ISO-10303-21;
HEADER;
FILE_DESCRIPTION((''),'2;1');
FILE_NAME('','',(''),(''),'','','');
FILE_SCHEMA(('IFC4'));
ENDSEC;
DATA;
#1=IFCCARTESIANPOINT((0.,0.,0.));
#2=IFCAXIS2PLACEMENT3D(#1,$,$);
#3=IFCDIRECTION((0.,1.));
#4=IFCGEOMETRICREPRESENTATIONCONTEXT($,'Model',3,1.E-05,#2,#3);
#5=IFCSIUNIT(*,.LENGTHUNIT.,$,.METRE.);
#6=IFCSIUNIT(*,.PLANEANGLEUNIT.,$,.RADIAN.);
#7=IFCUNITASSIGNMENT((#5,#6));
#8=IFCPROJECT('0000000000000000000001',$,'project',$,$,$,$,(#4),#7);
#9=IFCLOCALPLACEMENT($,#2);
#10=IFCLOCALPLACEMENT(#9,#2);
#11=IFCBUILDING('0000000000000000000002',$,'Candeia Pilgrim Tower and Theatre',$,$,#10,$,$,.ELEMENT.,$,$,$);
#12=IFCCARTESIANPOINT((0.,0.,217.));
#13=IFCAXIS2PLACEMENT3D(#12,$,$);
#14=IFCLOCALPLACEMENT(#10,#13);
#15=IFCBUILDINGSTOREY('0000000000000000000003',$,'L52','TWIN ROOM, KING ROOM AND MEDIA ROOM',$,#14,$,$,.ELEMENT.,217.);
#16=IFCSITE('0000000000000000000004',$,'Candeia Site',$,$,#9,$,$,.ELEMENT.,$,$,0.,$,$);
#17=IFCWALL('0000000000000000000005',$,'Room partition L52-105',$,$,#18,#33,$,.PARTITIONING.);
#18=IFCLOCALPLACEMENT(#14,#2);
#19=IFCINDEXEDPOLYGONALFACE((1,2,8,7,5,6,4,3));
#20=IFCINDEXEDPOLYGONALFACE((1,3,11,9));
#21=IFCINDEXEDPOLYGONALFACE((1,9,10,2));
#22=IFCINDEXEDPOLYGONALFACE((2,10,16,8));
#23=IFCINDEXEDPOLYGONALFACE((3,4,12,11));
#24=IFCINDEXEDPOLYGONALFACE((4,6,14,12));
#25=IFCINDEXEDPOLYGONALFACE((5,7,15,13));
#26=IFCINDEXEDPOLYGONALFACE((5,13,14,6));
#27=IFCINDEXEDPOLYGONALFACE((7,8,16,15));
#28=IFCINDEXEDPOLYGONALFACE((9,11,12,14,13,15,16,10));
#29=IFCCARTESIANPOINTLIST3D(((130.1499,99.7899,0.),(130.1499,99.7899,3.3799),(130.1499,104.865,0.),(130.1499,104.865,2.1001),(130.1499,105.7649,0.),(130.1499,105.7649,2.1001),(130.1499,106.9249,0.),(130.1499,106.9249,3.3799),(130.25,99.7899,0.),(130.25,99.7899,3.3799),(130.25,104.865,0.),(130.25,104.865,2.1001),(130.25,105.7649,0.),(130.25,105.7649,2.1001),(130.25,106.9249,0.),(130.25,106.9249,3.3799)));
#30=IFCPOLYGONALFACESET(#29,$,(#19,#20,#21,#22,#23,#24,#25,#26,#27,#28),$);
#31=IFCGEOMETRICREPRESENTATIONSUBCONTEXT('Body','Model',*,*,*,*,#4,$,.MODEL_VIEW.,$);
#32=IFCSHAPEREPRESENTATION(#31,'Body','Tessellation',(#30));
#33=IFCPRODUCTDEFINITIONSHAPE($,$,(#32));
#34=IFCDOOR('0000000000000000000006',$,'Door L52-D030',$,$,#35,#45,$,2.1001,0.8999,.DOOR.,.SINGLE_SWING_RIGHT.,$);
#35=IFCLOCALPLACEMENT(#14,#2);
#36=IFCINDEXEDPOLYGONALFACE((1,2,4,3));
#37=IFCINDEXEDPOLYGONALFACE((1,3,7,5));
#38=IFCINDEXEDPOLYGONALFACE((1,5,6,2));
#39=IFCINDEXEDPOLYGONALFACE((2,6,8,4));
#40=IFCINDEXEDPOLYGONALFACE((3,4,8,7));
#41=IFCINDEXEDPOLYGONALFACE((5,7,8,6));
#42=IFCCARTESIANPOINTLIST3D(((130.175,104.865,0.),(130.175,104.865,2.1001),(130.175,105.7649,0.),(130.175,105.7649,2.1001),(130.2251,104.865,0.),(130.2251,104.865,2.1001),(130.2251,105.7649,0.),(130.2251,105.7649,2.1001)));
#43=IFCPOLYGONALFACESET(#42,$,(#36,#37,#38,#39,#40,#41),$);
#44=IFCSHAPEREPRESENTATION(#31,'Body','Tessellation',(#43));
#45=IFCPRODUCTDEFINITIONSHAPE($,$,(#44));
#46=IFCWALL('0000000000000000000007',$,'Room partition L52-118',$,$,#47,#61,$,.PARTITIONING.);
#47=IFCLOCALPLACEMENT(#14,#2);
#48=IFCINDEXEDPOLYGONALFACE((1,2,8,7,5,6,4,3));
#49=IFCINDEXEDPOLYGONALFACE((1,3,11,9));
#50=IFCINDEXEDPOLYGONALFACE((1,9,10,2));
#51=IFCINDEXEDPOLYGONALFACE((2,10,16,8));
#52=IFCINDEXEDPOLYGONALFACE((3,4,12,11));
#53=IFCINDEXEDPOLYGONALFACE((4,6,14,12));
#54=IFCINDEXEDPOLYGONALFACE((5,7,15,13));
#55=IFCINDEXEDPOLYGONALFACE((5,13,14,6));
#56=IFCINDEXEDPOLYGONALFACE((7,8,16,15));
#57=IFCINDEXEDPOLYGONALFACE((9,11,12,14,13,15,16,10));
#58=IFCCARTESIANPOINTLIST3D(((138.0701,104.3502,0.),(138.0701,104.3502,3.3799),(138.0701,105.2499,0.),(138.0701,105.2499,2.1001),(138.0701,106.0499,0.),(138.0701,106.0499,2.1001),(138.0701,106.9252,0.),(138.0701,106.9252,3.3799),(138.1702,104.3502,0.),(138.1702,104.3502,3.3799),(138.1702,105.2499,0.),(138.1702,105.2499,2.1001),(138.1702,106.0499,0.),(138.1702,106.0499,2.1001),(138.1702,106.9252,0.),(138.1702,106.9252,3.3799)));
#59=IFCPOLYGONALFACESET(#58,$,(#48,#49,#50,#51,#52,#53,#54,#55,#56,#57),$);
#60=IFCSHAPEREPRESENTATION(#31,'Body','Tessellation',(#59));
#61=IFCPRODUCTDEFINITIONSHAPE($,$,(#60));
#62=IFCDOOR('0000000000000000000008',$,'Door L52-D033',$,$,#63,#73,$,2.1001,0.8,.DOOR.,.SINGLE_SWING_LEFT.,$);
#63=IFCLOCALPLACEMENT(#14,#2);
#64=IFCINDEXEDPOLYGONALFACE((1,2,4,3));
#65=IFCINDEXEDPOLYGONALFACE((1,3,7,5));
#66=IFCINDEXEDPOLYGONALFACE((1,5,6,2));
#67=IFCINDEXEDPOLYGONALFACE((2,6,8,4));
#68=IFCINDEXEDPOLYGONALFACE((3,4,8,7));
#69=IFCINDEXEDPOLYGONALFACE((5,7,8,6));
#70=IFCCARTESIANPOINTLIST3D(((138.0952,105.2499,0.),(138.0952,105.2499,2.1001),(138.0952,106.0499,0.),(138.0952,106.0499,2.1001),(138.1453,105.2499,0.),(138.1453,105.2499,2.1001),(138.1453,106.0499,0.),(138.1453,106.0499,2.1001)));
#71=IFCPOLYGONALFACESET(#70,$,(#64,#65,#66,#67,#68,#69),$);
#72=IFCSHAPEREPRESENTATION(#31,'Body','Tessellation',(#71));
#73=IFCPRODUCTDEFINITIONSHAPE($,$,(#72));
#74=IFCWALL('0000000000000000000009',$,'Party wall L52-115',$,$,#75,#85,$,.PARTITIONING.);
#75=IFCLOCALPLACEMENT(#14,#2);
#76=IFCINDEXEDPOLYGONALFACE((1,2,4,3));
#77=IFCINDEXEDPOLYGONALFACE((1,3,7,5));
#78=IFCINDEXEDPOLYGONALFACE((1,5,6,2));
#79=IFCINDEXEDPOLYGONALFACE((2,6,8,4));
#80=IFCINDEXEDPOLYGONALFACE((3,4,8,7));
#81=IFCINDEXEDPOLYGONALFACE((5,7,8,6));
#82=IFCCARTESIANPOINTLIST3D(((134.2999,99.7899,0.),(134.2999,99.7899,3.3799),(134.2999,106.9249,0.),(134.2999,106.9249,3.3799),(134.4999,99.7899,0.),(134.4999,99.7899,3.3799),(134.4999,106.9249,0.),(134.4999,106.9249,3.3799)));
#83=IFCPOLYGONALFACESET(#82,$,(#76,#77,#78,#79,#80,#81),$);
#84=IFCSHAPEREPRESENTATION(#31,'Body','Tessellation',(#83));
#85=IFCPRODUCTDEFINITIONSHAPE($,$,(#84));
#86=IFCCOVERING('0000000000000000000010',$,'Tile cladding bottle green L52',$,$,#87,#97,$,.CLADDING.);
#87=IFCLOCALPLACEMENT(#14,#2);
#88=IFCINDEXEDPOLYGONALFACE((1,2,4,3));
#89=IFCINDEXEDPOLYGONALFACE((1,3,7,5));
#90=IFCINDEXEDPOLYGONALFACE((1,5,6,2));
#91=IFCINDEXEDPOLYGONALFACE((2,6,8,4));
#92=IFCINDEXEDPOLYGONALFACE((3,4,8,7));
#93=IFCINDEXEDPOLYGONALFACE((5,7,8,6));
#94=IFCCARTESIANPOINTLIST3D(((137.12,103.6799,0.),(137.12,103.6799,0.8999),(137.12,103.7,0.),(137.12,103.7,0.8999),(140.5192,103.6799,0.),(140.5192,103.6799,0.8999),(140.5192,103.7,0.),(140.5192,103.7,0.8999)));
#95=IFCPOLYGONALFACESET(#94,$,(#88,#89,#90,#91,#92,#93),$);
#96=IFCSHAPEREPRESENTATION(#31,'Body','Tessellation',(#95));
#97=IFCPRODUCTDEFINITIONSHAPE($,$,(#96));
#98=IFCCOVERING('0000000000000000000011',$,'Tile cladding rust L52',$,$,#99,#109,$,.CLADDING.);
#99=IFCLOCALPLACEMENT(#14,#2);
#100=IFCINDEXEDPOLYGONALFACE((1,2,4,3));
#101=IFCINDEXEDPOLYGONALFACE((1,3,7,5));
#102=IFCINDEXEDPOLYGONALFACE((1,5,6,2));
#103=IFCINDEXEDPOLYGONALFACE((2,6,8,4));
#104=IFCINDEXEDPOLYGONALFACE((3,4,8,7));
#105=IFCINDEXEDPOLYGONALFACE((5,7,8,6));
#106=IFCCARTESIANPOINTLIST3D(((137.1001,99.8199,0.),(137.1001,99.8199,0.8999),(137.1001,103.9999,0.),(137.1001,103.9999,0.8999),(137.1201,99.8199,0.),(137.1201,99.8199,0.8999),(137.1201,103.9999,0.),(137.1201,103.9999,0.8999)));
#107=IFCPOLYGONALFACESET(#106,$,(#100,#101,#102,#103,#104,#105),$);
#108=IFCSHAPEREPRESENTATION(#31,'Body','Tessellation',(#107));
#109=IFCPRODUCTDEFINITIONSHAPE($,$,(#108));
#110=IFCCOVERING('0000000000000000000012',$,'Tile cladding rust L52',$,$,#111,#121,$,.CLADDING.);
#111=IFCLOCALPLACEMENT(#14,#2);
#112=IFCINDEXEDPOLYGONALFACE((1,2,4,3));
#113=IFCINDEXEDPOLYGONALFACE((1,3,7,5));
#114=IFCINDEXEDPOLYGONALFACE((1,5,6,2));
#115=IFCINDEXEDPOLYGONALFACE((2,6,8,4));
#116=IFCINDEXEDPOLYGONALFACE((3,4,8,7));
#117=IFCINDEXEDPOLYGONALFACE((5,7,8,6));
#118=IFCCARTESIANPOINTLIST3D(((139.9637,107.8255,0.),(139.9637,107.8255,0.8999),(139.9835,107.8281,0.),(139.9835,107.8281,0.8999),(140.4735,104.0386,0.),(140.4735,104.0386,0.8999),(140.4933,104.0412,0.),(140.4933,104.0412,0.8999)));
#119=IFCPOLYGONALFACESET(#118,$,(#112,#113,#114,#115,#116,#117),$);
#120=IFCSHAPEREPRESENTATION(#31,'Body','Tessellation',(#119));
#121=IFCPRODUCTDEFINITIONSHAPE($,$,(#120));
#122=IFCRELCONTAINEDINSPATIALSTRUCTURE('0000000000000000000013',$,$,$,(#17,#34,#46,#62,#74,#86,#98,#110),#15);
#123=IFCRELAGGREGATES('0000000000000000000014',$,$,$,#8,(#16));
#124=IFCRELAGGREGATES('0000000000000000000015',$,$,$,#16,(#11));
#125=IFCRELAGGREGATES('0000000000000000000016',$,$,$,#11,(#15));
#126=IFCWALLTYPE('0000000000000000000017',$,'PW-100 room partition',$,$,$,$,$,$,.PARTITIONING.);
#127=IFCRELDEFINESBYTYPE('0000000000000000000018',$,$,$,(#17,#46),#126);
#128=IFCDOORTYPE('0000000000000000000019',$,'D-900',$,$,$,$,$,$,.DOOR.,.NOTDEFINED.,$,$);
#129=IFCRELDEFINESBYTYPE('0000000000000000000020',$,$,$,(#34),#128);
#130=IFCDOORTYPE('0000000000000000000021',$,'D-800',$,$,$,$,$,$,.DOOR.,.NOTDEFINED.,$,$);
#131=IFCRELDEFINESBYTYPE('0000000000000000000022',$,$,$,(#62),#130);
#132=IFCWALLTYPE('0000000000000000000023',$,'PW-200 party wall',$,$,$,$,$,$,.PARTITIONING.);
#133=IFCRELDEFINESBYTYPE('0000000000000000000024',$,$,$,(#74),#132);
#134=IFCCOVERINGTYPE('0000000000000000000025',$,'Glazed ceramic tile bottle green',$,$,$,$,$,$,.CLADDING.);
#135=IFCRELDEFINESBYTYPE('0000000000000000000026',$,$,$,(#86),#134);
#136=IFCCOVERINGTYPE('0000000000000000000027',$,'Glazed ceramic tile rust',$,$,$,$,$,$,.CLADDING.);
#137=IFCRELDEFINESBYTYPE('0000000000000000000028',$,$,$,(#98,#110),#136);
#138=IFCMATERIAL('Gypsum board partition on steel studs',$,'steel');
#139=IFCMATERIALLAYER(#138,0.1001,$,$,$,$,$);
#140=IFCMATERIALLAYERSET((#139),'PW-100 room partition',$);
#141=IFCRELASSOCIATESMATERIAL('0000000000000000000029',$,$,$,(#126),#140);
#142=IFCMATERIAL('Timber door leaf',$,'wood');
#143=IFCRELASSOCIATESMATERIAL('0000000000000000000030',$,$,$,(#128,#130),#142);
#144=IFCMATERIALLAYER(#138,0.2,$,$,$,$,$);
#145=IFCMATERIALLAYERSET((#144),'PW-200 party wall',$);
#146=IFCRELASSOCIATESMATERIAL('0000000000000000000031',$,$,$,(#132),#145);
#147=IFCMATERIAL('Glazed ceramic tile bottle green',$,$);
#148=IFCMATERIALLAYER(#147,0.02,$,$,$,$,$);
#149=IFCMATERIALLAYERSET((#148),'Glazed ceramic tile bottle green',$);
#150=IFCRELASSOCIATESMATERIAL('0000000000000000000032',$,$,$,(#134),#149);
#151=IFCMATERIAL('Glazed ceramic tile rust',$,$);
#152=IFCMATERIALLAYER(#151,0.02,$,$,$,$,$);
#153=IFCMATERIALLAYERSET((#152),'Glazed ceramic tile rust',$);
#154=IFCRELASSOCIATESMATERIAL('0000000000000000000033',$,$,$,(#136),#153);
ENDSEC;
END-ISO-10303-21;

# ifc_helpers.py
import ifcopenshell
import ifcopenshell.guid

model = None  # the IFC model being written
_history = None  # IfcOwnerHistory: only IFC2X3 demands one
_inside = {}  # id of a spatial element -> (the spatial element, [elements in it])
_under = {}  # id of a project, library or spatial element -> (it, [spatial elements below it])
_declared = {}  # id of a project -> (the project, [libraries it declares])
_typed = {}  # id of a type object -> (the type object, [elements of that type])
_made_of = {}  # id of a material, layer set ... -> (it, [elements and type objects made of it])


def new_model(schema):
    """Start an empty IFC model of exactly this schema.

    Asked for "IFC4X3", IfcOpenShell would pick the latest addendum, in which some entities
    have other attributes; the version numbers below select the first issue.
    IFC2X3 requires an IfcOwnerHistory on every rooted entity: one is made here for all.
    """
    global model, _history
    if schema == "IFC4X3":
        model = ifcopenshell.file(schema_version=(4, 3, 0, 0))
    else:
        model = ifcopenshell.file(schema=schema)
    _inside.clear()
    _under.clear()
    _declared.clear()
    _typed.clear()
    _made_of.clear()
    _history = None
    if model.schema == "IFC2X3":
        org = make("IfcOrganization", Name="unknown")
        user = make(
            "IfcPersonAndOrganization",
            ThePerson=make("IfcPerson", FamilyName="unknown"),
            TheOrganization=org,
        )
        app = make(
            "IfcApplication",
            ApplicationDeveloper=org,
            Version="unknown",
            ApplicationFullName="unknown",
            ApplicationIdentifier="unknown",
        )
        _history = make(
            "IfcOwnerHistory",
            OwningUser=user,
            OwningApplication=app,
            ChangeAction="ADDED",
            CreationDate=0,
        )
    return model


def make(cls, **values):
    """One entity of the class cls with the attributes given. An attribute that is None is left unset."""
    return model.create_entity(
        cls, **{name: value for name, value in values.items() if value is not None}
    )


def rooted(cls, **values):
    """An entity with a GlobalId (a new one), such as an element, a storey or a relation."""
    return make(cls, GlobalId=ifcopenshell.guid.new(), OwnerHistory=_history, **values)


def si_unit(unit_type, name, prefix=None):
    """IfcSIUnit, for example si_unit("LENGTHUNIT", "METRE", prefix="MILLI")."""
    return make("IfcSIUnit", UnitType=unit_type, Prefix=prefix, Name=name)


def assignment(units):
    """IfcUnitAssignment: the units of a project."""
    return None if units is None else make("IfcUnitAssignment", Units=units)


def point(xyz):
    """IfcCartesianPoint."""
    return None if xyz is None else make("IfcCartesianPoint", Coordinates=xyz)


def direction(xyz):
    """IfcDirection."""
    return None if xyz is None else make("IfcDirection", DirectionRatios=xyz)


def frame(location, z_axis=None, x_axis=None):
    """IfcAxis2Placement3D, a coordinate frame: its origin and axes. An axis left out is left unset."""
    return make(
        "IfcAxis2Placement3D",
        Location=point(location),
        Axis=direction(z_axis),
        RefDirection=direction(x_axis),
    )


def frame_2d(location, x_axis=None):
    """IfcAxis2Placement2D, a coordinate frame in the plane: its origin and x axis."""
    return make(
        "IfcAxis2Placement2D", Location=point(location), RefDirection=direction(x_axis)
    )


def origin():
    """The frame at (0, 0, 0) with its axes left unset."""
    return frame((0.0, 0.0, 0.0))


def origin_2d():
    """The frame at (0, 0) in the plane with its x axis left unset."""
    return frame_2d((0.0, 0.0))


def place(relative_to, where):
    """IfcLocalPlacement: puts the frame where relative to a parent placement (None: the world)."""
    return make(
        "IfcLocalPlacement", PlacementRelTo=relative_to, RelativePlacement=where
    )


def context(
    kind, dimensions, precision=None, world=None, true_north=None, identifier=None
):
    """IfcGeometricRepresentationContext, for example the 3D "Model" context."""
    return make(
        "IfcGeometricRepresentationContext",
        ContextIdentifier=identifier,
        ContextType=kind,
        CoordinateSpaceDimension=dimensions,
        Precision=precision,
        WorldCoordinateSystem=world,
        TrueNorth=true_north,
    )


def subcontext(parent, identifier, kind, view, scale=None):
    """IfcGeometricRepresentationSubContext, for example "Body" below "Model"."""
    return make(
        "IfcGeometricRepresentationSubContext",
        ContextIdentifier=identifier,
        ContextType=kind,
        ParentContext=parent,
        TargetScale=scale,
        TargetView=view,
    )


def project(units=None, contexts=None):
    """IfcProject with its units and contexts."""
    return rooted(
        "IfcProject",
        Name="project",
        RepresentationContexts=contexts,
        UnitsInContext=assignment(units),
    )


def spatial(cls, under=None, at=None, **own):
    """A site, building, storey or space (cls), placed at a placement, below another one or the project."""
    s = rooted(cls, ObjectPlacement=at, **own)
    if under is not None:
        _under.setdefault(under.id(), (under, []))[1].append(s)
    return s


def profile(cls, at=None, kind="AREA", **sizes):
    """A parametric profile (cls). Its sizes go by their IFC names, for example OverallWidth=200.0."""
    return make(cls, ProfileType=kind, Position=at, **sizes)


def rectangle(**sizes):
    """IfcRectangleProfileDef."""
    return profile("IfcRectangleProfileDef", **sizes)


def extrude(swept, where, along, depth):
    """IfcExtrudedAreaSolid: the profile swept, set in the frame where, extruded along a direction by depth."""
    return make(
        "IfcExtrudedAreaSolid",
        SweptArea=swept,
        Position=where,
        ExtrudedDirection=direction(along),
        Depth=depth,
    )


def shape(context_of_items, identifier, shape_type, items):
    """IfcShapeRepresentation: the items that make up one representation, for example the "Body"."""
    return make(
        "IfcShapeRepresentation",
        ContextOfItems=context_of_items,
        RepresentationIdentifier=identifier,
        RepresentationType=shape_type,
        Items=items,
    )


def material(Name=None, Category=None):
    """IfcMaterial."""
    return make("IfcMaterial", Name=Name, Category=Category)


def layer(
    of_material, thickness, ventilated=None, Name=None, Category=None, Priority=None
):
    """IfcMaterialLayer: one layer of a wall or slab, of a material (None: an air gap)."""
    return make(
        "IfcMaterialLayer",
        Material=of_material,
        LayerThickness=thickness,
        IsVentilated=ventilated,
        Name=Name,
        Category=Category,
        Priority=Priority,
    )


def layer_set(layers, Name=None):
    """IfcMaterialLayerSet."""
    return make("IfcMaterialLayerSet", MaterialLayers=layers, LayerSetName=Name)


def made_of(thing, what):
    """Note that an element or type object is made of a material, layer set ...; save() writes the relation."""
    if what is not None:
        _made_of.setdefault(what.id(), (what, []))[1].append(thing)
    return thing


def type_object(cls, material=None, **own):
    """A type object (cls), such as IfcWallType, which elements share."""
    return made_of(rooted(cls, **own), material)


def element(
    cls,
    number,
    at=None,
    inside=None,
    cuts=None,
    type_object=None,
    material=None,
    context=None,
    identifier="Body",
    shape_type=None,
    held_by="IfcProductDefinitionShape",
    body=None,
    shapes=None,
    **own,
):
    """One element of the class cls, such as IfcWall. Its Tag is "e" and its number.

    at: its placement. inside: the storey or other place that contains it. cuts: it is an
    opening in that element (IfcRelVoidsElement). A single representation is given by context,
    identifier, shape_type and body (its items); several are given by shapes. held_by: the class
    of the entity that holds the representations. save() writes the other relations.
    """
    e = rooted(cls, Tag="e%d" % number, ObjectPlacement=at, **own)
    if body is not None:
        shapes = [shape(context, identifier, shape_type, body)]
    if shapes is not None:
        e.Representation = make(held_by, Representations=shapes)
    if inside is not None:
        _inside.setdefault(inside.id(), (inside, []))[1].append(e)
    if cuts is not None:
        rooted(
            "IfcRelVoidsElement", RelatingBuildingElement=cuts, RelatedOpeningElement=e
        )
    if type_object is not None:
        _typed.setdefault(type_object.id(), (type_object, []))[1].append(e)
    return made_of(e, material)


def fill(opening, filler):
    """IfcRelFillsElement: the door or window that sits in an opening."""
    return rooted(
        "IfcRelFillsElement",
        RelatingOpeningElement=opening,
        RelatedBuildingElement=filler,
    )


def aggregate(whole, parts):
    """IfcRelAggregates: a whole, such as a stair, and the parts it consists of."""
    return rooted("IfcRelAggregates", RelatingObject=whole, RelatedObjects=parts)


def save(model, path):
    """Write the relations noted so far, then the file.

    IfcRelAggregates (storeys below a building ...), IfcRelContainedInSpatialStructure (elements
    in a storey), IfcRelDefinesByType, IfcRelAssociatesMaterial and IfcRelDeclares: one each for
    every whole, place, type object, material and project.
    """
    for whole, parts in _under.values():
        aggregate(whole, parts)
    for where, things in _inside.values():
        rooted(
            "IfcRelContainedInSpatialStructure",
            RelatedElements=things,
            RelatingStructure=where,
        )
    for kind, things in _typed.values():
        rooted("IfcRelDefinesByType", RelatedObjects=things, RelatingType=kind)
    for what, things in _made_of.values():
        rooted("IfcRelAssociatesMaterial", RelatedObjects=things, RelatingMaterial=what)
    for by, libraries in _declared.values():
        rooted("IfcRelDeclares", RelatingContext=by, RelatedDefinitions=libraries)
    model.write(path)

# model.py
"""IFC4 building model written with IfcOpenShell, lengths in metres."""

from ifc_helpers import new_model, si_unit, direction, frame, frame_2d, origin, origin_2d, place, context, subcontext, project, spatial, rectangle, extrude, material, layer, layer_set, type_object, element, fill, save


model = new_model("IFC4")

# Units and contexts
model_context = context("Model", 3, precision=1e-05, world=origin(), true_north=direction((0.0, 1.0)))
body_context = subcontext(model_context, "Body", "Model", "MODEL_VIEW")
ifc_project = project(units=[si_unit("LENGTHUNIT", "METRE"), si_unit("PLANEANGLEUNIT", "RADIAN")], contexts=[model_context])

# Site, building, storey
site_placement = place(None, origin())
site = spatial("IfcSite", under=ifc_project, at=site_placement, Name="Candeia Site", CompositionType="ELEMENT", RefElevation=0.0)
building_placement = place(site_placement, origin())
building = spatial("IfcBuilding", under=site, at=building_placement, Name="Candeia Pilgrim Tower and Theatre", CompositionType="ELEMENT")
storey_placement = place(building_placement, frame((0.0, 0.0, 217.0)))
storey = spatial("IfcBuildingStorey", under=building, at=storey_placement, Name="L52", Description="TWIN ROOM, KING ROOM AND MEDIA ROOM", CompositionType="ELEMENT", Elevation=217.0)

# Shared definitions
ifc_material_1 = material(Name="Gypsum board partition on steel studs", Category="steel")
ifc_layer_1 = layer(ifc_material_1, 0.1001)
ifc_layer_set_1 = layer_set([ifc_layer_1], Name="PW-100 room partition")
wall_type_1 = type_object("IfcWallType", Name="PW-100 room partition", PredefinedType="PARTITIONING", material=ifc_layer_set_1)

# Walls, openings, doors
wall_1_placement = place(storey_placement, frame((130.2, 99.79, 0.0), z_axis=(0.0, 0.0, 1.0), x_axis=(0.0, 1.0, 0.0)))
wall_1 = element("IfcWall", 1, at=wall_1_placement, inside=storey, type_object=wall_type_1, Name="Room partition L52-105", PredefinedType="PARTITIONING", context=body_context, shape_type="SweptSolid", body=[
    extrude(rectangle(XDim=7.135, YDim=0.1001, at=frame_2d((3.5674, 0.0))), origin(), (0.0, 0.0, 1.0), 3.3799),
])
opening_1_placement = place(wall_1_placement, frame((5.075, 0.0, 0.0)))
opening_1 = element("IfcOpeningElement", 2, at=opening_1_placement, cuts=wall_1, PredefinedType="OPENING", context=body_context, shape_type="SweptSolid", body=[
    extrude(rectangle(XDim=0.8999, YDim=2.1001, at=frame_2d((0.45, 1.05))), frame((0.0, 0.0601, 0.0), z_axis=(0.0, -1.0, 0.0), x_axis=(1.0, 0.0, 0.0)), (0.0, 0.0, 1.0), 0.1201),
])
ifc_material_2 = material(Name="Timber door leaf", Category="wood")
door_type_1 = type_object("IfcDoorType", Name="D-900", OperationType="NOTDEFINED", PredefinedType="DOOR", material=ifc_material_2)
door_1_placement = place(opening_1_placement, origin())
door_1 = element("IfcDoor", 3, at=door_1_placement, inside=storey, type_object=door_type_1, Name="Door L52-D030", OperationType="SINGLE_SWING_RIGHT", OverallHeight=2.1001, OverallWidth=0.8999, PredefinedType="DOOR", context=body_context, shape_type="SweptSolid", body=[
    extrude(rectangle(XDim=0.8999, YDim=2.1001, at=frame_2d((0.45, 1.05))), frame((0.0, 0.0249, 0.0), z_axis=(0.0, -1.0, 0.0), x_axis=(1.0, 0.0, 0.0)), (0.0, 0.0, 1.0), 0.05),
])
fill(opening_1, door_1)
wall_2_placement = place(storey_placement, frame((138.1201, 104.3501, 0.0), z_axis=(0.0, 0.0, 1.0), x_axis=(0.0, 1.0, 0.0)))
wall_2 = element("IfcWall", 4, at=wall_2_placement, inside=storey, type_object=wall_type_1, Name="Room partition L52-118", PredefinedType="PARTITIONING", context=body_context, shape_type="SweptSolid", body=[
    extrude(rectangle(XDim=2.575, YDim=0.1001, at=frame_2d((1.2876, 0.0))), origin(), (0.0, 0.0, 1.0), 3.3799),
])
opening_2_placement = place(wall_2_placement, frame((0.8999, 0.0, 0.0)))
opening_2 = element("IfcOpeningElement", 5, at=opening_2_placement, cuts=wall_2, PredefinedType="OPENING", context=body_context, shape_type="SweptSolid", body=[
    extrude(rectangle(XDim=0.8, YDim=2.1001, at=frame_2d((0.3999, 1.05))), frame((0.0, 0.0601, 0.0), z_axis=(0.0, -1.0, 0.0), x_axis=(1.0, 0.0, 0.0)), (0.0, 0.0, 1.0), 0.1201),
])
door_type_2 = type_object("IfcDoorType", Name="D-800", OperationType="NOTDEFINED", PredefinedType="DOOR", material=ifc_material_2)
door_2_placement = place(opening_2_placement, origin())
door_2 = element("IfcDoor", 6, at=door_2_placement, inside=storey, type_object=door_type_2, Name="Door L52-D033", OperationType="SINGLE_SWING_LEFT", OverallHeight=2.1001, OverallWidth=0.8, PredefinedType="DOOR", context=body_context, shape_type="SweptSolid", body=[
    extrude(rectangle(XDim=0.8, YDim=2.1001, at=frame_2d((0.3999, 1.05))), frame((0.0, 0.0249, 0.0), z_axis=(0.0, -1.0, 0.0), x_axis=(1.0, 0.0, 0.0)), (0.0, 0.0, 1.0), 0.05),
])
fill(opening_2, door_2)

# Wall
ifc_layer_2 = layer(ifc_material_1, 0.2)
ifc_layer_set_2 = layer_set([ifc_layer_2], Name="PW-200 party wall")
wall_type_2 = type_object("IfcWallType", Name="PW-200 party wall", PredefinedType="PARTITIONING", material=ifc_layer_set_2)
wall_3_placement = place(storey_placement, frame((134.3999, 99.79, 0.0), z_axis=(0.0, 0.0, 1.0), x_axis=(0.0, 1.0, 0.0)))
element("IfcWall", 7, at=wall_3_placement, inside=storey, type_object=wall_type_2, Name="Party wall L52-115", PredefinedType="PARTITIONING", context=body_context, shape_type="SweptSolid", body=[
    extrude(rectangle(XDim=7.135, YDim=0.2, at=frame_2d((3.5674, 0.0))), origin(), (0.0, 0.0, 1.0), 3.3799),
])

# Coverings
ifc_material_3 = material(Name="Glazed ceramic tile bottle green")
ifc_layer_3 = layer(ifc_material_3, 0.02)
ifc_layer_set_3 = layer_set([ifc_layer_3], Name="Glazed ceramic tile bottle green")
covering_type_1 = type_object("IfcCoveringType", Name="Glazed ceramic tile bottle green", PredefinedType="CLADDING", material=ifc_layer_set_3)
covering_1_placement = place(storey_placement, frame((138.8196, 103.6899, 0.0), z_axis=(0.0, 0.0, 1.0), x_axis=(1.0, 0.0, 0.0)))
element("IfcCovering", 8, at=covering_1_placement, inside=storey, type_object=covering_type_1, Name="Tile cladding bottle green L52", PredefinedType="CLADDING", context=body_context, shape_type="SweptSolid", body=[
    extrude(rectangle(XDim=3.3992, YDim=0.02, at=origin_2d()), origin(), (0.0, 0.0, 1.0), 0.8999),
])
ifc_material_4 = material(Name="Glazed ceramic tile rust")
ifc_layer_4 = layer(ifc_material_4, 0.02)
ifc_layer_set_4 = layer_set([ifc_layer_4], Name="Glazed ceramic tile rust")
covering_type_2 = type_object("IfcCoveringType", Name="Glazed ceramic tile rust", PredefinedType="CLADDING", material=ifc_layer_set_4)
covering_2_placement = place(storey_placement, frame((137.1101, 101.9099, 0.0), z_axis=(0.0, 0.0, 1.0), x_axis=(0.0, 1.0, 0.0)))
element("IfcCovering", 9, at=covering_2_placement, inside=storey, type_object=covering_type_2, Name="Tile cladding rust L52", PredefinedType="CLADDING", context=body_context, shape_type="SweptSolid", body=[
    extrude(rectangle(XDim=4.1799, YDim=0.02, at=origin_2d()), origin(), (0.0, 0.0, 1.0), 0.8999),
])
covering_3_placement = place(storey_placement, frame((140.2285, 105.9333, 0.0), z_axis=(0.0, 0.0, 1.0), x_axis=(-0.133412, 0.991061, 0.0)))
element("IfcCovering", 10, at=covering_3_placement, inside=storey, type_object=covering_type_2, Name="Tile cladding rust L52", PredefinedType="CLADDING", context=body_context, shape_type="SweptSolid", body=[
    extrude(rectangle(XDim=3.821, YDim=0.02, at=origin_2d()), origin(), (0.0, 0.0, 1.0), 0.8999),
])

save(model, "model.ifc")
